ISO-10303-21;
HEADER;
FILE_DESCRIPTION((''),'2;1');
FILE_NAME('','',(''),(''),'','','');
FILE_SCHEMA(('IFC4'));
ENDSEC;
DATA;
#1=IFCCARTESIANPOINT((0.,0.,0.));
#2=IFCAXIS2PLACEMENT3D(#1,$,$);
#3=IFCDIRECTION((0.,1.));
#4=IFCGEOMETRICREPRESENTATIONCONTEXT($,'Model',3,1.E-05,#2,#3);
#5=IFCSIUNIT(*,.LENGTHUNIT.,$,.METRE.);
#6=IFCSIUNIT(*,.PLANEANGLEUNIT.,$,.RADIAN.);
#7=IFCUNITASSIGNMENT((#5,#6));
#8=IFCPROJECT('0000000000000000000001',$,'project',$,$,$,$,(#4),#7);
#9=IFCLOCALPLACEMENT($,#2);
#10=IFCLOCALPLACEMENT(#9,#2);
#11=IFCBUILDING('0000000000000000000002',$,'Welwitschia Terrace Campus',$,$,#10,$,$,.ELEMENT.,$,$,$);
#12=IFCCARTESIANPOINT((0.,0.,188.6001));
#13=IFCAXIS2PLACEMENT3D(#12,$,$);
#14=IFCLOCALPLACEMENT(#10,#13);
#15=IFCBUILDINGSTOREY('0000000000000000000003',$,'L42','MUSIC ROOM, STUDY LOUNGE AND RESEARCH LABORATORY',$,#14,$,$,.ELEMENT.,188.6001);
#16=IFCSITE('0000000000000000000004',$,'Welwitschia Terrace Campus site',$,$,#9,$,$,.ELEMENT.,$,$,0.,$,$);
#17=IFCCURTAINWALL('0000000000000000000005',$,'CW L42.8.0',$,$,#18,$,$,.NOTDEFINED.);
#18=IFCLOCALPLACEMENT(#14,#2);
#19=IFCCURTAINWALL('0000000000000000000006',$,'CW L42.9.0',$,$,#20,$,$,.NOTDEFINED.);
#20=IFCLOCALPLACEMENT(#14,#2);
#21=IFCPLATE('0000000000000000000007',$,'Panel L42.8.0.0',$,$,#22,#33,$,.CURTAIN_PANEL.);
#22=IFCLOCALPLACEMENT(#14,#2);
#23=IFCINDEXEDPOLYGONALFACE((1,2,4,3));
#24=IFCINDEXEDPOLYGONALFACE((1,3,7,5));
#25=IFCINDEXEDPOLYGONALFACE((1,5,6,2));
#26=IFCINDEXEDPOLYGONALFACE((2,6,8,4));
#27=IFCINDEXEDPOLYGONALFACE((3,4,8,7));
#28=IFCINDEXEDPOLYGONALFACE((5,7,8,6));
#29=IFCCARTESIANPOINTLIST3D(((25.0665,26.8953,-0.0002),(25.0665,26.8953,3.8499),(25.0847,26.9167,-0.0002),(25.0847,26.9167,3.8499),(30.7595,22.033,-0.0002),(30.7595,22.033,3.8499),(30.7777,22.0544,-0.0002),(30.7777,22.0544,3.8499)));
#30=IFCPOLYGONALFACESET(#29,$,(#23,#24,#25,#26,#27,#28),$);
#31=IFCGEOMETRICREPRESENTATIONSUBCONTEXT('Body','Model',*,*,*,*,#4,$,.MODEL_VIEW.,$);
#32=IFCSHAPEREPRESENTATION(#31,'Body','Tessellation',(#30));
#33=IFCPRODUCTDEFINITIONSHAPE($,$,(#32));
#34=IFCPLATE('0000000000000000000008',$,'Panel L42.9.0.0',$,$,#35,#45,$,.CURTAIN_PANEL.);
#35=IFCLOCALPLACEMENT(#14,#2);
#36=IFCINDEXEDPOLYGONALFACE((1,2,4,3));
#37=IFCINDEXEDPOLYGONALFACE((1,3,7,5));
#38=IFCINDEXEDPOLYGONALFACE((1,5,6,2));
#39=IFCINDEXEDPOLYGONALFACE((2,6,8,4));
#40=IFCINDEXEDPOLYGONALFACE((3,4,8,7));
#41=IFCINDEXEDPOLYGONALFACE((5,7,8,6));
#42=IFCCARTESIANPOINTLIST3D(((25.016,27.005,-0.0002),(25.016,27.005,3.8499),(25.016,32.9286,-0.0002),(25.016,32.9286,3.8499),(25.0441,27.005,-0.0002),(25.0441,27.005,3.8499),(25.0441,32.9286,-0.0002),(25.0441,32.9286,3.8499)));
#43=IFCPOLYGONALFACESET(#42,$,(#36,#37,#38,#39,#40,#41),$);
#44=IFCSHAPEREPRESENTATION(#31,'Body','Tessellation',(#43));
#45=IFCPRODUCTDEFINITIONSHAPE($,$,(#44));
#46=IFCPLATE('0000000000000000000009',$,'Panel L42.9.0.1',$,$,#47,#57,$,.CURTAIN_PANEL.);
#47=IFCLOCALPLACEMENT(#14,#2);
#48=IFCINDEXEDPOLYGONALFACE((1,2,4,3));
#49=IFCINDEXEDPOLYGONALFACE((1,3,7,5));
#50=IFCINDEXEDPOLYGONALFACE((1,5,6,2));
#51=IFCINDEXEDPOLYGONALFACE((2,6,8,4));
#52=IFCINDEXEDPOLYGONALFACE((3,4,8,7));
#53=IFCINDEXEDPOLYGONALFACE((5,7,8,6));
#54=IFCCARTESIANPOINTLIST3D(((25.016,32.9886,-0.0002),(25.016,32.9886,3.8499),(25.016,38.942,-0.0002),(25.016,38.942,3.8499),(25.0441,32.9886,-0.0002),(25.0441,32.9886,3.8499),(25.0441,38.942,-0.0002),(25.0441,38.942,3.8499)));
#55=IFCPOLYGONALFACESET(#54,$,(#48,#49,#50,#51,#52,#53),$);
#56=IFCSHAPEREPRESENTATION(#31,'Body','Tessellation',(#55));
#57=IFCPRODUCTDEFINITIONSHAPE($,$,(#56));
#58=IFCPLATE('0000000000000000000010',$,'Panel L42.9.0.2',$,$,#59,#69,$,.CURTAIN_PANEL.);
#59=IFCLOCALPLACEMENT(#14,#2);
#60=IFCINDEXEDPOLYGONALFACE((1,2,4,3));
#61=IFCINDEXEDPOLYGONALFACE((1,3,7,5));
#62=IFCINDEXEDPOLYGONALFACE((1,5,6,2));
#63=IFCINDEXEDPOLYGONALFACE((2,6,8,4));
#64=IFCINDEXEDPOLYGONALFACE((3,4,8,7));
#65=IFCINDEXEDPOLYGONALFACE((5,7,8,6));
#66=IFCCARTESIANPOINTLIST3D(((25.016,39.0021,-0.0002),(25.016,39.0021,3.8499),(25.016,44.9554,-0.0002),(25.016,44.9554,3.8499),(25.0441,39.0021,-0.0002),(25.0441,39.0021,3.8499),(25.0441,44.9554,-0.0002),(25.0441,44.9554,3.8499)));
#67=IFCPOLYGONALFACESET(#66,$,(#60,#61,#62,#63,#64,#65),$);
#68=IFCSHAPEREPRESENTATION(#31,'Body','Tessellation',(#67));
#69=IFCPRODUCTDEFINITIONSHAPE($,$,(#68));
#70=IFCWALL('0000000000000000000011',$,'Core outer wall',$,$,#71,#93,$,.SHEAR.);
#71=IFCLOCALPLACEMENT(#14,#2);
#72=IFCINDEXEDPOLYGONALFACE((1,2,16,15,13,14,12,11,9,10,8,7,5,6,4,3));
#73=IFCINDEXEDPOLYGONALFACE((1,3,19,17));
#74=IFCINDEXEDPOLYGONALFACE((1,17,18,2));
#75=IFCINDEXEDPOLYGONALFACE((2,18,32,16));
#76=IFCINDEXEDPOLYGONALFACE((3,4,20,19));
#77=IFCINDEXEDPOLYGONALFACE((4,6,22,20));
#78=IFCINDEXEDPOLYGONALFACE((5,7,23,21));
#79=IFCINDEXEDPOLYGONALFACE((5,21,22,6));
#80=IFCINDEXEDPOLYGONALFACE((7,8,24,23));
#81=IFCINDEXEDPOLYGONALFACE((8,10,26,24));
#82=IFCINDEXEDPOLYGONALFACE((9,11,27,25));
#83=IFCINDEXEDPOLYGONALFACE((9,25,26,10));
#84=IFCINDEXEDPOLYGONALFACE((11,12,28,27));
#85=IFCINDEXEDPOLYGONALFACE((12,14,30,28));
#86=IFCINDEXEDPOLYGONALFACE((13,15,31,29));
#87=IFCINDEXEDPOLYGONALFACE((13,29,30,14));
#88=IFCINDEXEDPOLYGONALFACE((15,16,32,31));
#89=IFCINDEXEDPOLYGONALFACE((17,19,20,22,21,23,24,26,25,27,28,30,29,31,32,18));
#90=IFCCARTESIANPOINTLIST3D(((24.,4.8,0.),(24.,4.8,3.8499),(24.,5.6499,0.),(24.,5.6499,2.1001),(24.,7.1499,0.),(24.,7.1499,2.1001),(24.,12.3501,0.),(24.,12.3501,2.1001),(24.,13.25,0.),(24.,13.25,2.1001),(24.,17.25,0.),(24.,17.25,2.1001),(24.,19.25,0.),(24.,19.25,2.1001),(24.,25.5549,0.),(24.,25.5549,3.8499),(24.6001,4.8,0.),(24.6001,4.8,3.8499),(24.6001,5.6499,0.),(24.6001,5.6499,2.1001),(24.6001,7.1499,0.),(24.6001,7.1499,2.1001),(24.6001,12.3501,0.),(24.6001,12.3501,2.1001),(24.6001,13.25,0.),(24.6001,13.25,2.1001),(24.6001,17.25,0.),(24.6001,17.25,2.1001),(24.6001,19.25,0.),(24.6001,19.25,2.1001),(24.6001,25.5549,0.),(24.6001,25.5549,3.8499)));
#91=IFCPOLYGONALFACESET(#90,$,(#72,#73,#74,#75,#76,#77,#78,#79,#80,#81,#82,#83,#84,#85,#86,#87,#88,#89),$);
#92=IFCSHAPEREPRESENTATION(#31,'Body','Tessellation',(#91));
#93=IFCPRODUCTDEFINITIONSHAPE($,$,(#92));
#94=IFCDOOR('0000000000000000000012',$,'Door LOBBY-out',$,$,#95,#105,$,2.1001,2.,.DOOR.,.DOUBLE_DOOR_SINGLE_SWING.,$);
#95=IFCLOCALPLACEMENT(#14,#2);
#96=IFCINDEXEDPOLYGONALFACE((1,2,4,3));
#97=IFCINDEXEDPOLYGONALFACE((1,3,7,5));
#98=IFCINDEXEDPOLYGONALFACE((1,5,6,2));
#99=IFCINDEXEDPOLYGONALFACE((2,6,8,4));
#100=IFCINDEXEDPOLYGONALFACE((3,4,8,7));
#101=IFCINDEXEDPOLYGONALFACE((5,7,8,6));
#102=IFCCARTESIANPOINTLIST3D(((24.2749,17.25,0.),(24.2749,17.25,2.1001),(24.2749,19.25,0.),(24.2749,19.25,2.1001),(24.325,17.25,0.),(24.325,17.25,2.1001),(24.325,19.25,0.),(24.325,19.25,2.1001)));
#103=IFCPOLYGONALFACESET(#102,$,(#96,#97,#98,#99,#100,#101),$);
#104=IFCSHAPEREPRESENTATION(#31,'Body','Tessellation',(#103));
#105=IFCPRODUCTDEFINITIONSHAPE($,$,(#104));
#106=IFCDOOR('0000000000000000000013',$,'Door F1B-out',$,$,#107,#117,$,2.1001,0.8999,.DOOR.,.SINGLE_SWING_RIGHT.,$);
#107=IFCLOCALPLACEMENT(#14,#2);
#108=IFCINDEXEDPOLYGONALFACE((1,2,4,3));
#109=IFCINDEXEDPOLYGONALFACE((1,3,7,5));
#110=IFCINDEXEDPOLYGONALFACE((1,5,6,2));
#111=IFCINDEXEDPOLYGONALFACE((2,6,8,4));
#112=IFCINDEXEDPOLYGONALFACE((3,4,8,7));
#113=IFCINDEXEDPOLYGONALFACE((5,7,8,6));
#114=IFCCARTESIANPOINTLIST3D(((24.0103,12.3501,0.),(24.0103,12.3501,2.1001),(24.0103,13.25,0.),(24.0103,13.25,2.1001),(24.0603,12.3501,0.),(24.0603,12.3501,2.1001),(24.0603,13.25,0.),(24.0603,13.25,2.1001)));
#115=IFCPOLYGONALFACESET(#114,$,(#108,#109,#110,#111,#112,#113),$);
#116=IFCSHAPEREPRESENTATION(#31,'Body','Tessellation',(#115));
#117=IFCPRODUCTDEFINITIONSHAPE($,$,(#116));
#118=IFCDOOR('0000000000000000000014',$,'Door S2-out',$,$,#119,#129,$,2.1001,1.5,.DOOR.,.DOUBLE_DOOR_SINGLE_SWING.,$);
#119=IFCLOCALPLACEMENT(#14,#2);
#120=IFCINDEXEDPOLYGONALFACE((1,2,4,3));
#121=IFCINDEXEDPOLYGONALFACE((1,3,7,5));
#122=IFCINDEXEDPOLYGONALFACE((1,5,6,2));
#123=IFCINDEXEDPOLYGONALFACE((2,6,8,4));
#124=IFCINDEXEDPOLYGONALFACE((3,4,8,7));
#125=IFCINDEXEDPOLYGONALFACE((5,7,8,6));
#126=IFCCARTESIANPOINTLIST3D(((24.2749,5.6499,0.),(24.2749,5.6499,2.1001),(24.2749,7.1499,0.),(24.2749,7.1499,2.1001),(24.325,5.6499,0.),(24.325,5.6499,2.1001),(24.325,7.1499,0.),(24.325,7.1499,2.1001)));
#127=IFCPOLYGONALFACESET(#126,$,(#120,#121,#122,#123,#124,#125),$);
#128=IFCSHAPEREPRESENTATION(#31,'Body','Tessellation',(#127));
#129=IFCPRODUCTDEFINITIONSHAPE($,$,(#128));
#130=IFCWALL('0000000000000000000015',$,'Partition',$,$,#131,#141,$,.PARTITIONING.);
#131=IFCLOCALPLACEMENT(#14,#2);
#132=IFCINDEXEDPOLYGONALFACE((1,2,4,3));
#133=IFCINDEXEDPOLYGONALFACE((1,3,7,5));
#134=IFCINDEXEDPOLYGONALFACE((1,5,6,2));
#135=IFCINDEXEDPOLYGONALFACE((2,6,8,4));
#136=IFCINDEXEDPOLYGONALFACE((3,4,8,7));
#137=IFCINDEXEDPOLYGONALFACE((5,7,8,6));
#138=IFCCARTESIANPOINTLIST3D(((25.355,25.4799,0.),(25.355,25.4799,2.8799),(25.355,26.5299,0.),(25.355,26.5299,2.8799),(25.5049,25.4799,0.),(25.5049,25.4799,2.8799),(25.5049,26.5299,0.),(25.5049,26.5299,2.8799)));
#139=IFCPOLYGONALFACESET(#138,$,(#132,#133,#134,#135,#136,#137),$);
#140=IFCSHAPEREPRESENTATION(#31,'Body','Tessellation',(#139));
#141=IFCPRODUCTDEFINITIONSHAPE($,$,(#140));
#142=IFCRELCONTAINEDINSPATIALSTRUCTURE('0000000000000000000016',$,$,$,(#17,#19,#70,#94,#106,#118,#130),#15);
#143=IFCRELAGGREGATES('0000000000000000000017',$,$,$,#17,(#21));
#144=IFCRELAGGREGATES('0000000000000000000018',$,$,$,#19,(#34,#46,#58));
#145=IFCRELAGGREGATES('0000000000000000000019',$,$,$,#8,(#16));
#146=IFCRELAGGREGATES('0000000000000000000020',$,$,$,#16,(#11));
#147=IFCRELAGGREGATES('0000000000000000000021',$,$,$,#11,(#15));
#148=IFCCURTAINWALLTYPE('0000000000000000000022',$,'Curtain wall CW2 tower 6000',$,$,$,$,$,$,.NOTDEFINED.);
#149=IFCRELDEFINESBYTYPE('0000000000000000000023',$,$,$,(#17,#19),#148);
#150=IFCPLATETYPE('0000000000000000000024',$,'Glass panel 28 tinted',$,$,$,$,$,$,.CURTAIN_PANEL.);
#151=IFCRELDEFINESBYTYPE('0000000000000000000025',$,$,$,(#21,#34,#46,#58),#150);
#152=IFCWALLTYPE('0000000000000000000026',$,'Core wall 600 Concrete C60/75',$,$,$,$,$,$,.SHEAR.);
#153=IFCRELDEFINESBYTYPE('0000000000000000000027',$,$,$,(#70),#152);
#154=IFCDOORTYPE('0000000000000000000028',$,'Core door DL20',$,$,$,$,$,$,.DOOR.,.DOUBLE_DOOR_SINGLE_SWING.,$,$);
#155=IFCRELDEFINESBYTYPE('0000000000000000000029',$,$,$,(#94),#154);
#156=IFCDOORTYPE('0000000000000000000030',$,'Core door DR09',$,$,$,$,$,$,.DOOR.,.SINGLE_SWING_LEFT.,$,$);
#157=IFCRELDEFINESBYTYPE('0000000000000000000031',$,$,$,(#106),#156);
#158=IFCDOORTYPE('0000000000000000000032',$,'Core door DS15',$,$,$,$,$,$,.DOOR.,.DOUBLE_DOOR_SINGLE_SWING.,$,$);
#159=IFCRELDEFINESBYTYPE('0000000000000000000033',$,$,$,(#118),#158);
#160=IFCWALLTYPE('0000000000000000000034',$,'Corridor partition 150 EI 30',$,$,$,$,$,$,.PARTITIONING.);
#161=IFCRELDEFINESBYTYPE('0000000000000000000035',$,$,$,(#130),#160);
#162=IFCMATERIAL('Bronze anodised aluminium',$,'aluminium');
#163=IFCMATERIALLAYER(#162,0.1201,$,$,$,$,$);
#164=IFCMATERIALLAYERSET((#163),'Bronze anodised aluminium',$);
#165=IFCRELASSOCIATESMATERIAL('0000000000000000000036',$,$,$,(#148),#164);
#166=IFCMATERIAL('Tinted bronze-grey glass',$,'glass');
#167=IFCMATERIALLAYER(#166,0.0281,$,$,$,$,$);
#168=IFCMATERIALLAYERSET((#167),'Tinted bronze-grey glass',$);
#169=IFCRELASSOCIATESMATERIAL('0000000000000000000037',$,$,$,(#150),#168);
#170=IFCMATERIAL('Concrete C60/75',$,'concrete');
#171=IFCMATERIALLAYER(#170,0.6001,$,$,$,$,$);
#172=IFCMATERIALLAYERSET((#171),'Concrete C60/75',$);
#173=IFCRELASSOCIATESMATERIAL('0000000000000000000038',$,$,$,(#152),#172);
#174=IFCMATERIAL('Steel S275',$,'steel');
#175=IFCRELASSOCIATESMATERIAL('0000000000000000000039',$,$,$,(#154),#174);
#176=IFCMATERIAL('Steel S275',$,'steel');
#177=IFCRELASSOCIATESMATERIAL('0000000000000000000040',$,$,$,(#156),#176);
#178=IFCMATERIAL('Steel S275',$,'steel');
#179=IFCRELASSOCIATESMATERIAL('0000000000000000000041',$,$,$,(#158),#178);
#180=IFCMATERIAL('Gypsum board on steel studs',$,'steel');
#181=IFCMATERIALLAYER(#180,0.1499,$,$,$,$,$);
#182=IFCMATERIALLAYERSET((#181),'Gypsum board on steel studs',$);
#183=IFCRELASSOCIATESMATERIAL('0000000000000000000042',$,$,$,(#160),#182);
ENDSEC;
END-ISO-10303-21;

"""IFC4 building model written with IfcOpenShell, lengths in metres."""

from ifc_helpers import new_model, si_unit, direction, frame, frame_2d, origin, origin_2d, place, context, subcontext, project, spatial, rectangle, extrude, material, layer, layer_set, type_object, element, fill, aggregate, save


model = new_model("IFC4")

# Units and contexts
model_context = context("Model", 3, precision=1e-05, world=origin(), true_north=direction((0.0, 1.0)))
body_context = subcontext(model_context, "Body", "Model", "MODEL_VIEW")
ifc_project = project(units=[si_unit("LENGTHUNIT", "METRE"), si_unit("PLANEANGLEUNIT", "RADIAN")], contexts=[model_context])

# Site, building, storey
site_placement = place(None, origin())
site = spatial("IfcSite", under=ifc_project, at=site_placement, Name="Welwitschia Terrace Campus site", CompositionType="ELEMENT", RefElevation=0.0)
building_placement = place(site_placement, origin())
building = spatial("IfcBuilding", under=site, at=building_placement, Name="Welwitschia Terrace Campus", CompositionType="ELEMENT")
storey_placement = place(building_placement, frame((0.0, 0.0, 188.6001)))
storey = spatial("IfcBuildingStorey", under=building, at=storey_placement, Name="L42", Description="MUSIC ROOM, STUDY LOUNGE AND RESEARCH LABORATORY", CompositionType="ELEMENT", Elevation=188.6001)

# Shared definitions
ifc_material_1 = material(Name="Bronze anodised aluminium", Category="aluminium")
ifc_layer_1 = layer(ifc_material_1, 0.1201)
ifc_layer_set_1 = layer_set([ifc_layer_1], Name="Bronze anodised aluminium")
curtain_wall_type = type_object("IfcCurtainWallType", Name="Curtain wall CW2 tower 6000", PredefinedType="NOTDEFINED", material=ifc_layer_set_1)

# Curtain walls
curtain_wall_1_placement = place(storey_placement, origin())
curtain_wall_1 = element("IfcCurtainWall", 1, at=curtain_wall_1_placement, inside=storey, type_object=curtain_wall_type, Name="CW L42.8.0", PredefinedType="NOTDEFINED")
curtain_wall_2_placement = place(storey_placement, origin())
curtain_wall_2 = element("IfcCurtainWall", 2, at=curtain_wall_2_placement, inside=storey, type_object=curtain_wall_type, Name="CW L42.9.0", PredefinedType="NOTDEFINED")

# Plates
ifc_material_2 = material(Name="Tinted bronze-grey glass", Category="glass")
ifc_layer_2 = layer(ifc_material_2, 0.0281)
ifc_layer_set_2 = layer_set([ifc_layer_2], Name="Tinted bronze-grey glass")
plate_type = type_object("IfcPlateType", Name="Glass panel 28 tinted", PredefinedType="CURTAIN_PANEL", material=ifc_layer_set_2)
plate_1_placement = place(storey_placement, frame((27.9221, 24.4749, -0.0002), z_axis=(0.0, 0.0, 1.0), x_axis=(-0.760406, 0.649448, 0.0)))
plate_1 = element("IfcPlate", 3, at=plate_1_placement, type_object=plate_type, Name="Panel L42.8.0.0", PredefinedType="CURTAIN_PANEL", context=body_context, shape_type="SweptSolid", body=[
    extrude(rectangle(XDim=7.4868, YDim=0.0281, at=origin_2d()), origin(), (0.0, 0.0, 1.0), 3.8501),
])
aggregate(curtain_wall_1, [plate_1])
plate_2_placement = place(storey_placement, frame((25.03, 29.9668, -0.0002), z_axis=(0.0, 0.0, 1.0), x_axis=(0.0, 1.0, 0.0)))
plate_2 = element("IfcPlate", 4, at=plate_2_placement, type_object=plate_type, Name="Panel L42.9.0.0", PredefinedType="CURTAIN_PANEL", context=body_context, shape_type="SweptSolid", body=[
    extrude(rectangle(XDim=5.9236, YDim=0.0281, at=origin_2d()), origin(), (0.0, 0.0, 1.0), 3.8501),
])
plate_3_placement = place(storey_placement, frame((25.03, 35.9653, -0.0002), z_axis=(0.0, 0.0, 1.0), x_axis=(0.0, 1.0, 0.0)))
plate_3 = element("IfcPlate", 5, at=plate_3_placement, type_object=plate_type, Name="Panel L42.9.0.1", PredefinedType="CURTAIN_PANEL", context=body_context, shape_type="SweptSolid", body=[
    extrude(rectangle(XDim=5.9534, YDim=0.0281, at=origin_2d()), origin(), (0.0, 0.0, 1.0), 3.8501),
])
plate_4_placement = place(storey_placement, frame((25.03, 41.9788, -0.0002), z_axis=(0.0, 0.0, 1.0), x_axis=(0.0, 1.0, 0.0)))
plate_4 = element("IfcPlate", 6, at=plate_4_placement, type_object=plate_type, Name="Panel L42.9.0.2", PredefinedType="CURTAIN_PANEL", context=body_context, shape_type="SweptSolid", body=[
    extrude(rectangle(XDim=5.9534, YDim=0.0281, at=origin_2d()), origin(), (0.0, 0.0, 1.0), 3.8501),
])
aggregate(curtain_wall_2, [plate_2, plate_3, plate_4])

# Wall, openings, doors
ifc_material_3 = material(Name="Concrete C60/75", Category="concrete")
ifc_layer_3 = layer(ifc_material_3, 0.6001)
ifc_layer_set_3 = layer_set([ifc_layer_3], Name="Concrete C60/75")
wall_type_1 = type_object("IfcWallType", Name="Core wall 600 Concrete C60/75", PredefinedType="SHEAR", material=ifc_layer_set_3)
wall_1_placement = place(storey_placement, frame((24.3, 25.5549, 0.0), z_axis=(0.0, 0.0, 1.0), x_axis=(0.0, -1.0, 0.0)))
wall_1 = element("IfcWall", 7, at=wall_1_placement, inside=storey, type_object=wall_type_1, Name="Core outer wall", PredefinedType="SHEAR", context=body_context, shape_type="SweptSolid", body=[
    extrude(rectangle(XDim=20.7549, YDim=0.6001, at=frame_2d((10.3774, 0.0))), origin(), (0.0, 0.0, 1.0), 3.8499),
])
opening_1_placement = place(wall_1_placement, frame((18.405, 0.0, 0.0)))
opening_1 = element("IfcOpeningElement", 8, at=opening_1_placement, cuts=wall_1, PredefinedType="OPENING", context=body_context, shape_type="SweptSolid", body=[
    extrude(rectangle(XDim=1.5, YDim=2.1001, at=frame_2d((0.75, 1.05))), frame((0.0, 0.3101, 0.0), z_axis=(0.0, -1.0, 0.0), x_axis=(1.0, 0.0, 0.0)), (0.0, 0.0, 1.0), 0.6201),
])
opening_2_placement = place(wall_1_placement, frame((12.3049, 0.0, 0.0)))
opening_2 = element("IfcOpeningElement", 9, at=opening_2_placement, cuts=wall_1, PredefinedType="OPENING", context=body_context, shape_type="SweptSolid", body=[
    extrude(rectangle(XDim=0.8999, YDim=2.1001, at=frame_2d((0.45, 1.05))), frame((0.0, 0.3101, 0.0), z_axis=(0.0, -1.0, 0.0), x_axis=(1.0, 0.0, 0.0)), (0.0, 0.0, 1.0), 0.6201),
])
opening_3_placement = place(wall_1_placement, frame((6.3049, 0.0, 0.0)))
opening_3 = element("IfcOpeningElement", 10, at=opening_3_placement, cuts=wall_1, PredefinedType="OPENING", context=body_context, shape_type="SweptSolid", body=[
    extrude(rectangle(XDim=2.0, YDim=2.1001, at=frame_2d((1.0, 1.05))), frame((0.0, 0.3101, 0.0), z_axis=(0.0, -1.0, 0.0), x_axis=(1.0, 0.0, 0.0)), (0.0, 0.0, 1.0), 0.6201),
])
ifc_material_4 = material(Name="Steel S275", Category="steel")
door_type_1 = type_object("IfcDoorType", Name="Core door DL20", OperationType="DOUBLE_DOOR_SINGLE_SWING", PredefinedType="DOOR", material=ifc_material_4)
door_1_placement = place(opening_3_placement, origin())
door_1 = element("IfcDoor", 11, at=door_1_placement, inside=storey, type_object=door_type_1, Name="Door LOBBY-out", OperationType="DOUBLE_DOOR_SINGLE_SWING", OverallHeight=2.1001, OverallWidth=2.0, PredefinedType="DOOR", context=body_context, shape_type="SweptSolid", body=[
    extrude(rectangle(XDim=2.0, YDim=2.1001, at=frame_2d((1.0, 1.05))), frame((0.0, 0.0249, 0.0), z_axis=(0.0, -1.0, 0.0), x_axis=(1.0, 0.0, 0.0)), (0.0, 0.0, 1.0), 0.05),
])
fill(opening_3, door_1)
ifc_material_5 = material(Name="Steel S275", Category="steel")
door_type_2 = type_object("IfcDoorType", Name="Core door DR09", OperationType="SINGLE_SWING_LEFT", PredefinedType="DOOR", material=ifc_material_5)
door_2_placement = place(opening_2_placement, origin())
door_2 = element("IfcDoor", 12, at=door_2_placement, inside=storey, type_object=door_type_2, Name="Door F1B-out", OperationType="SINGLE_SWING_RIGHT", OverallHeight=2.1001, OverallWidth=0.8999, PredefinedType="DOOR", context=body_context, shape_type="SweptSolid", body=[
    extrude(rectangle(XDim=0.8999, YDim=2.1001, at=frame_2d((0.45, 1.05))), frame((0.0, -0.2397, 0.0), z_axis=(0.0, -1.0, 0.0), x_axis=(1.0, 0.0, 0.0)), (0.0, 0.0, 1.0), 0.05),
])
fill(opening_2, door_2)
ifc_material_6 = material(Name="Steel S275", Category="steel")
door_type_3 = type_object("IfcDoorType", Name="Core door DS15", OperationType="DOUBLE_DOOR_SINGLE_SWING", PredefinedType="DOOR", material=ifc_material_6)
door_3_placement = place(opening_1_placement, origin())
door_3 = element("IfcDoor", 13, at=door_3_placement, inside=storey, type_object=door_type_3, Name="Door S2-out", OperationType="DOUBLE_DOOR_SINGLE_SWING", OverallHeight=2.1001, OverallWidth=1.5, PredefinedType="DOOR", context=body_context, shape_type="SweptSolid", body=[
    extrude(rectangle(XDim=1.5, YDim=2.1001, at=frame_2d((0.75, 1.05))), frame((0.0, 0.0249, 0.0), z_axis=(0.0, -1.0, 0.0), x_axis=(1.0, 0.0, 0.0)), (0.0, 0.0, 1.0), 0.05),
])
fill(opening_1, door_3)

# Wall
ifc_material_7 = material(Name="Gypsum board on steel studs", Category="steel")
ifc_layer_4 = layer(ifc_material_7, 0.1499)
ifc_layer_set_4 = layer_set([ifc_layer_4], Name="Gypsum board on steel studs")
wall_type_2 = type_object("IfcWallType", Name="Corridor partition 150 EI 30", PredefinedType="PARTITIONING", material=ifc_layer_set_4)
wall_2_placement = place(storey_placement, frame((25.4299, 25.48, 0.0), z_axis=(0.0, 0.0, 1.0), x_axis=(0.0, 1.0, 0.0)))
element("IfcWall", 14, at=wall_2_placement, inside=storey, type_object=wall_type_2, Name="Partition", PredefinedType="PARTITIONING", context=body_context, shape_type="SweptSolid", body=[
    extrude(rectangle(XDim=1.05, YDim=0.1499, at=frame_2d((0.5249, 0.0))), origin(), (0.0, 0.0, 1.0), 2.8799),
])

save(model, "model.ifc")
